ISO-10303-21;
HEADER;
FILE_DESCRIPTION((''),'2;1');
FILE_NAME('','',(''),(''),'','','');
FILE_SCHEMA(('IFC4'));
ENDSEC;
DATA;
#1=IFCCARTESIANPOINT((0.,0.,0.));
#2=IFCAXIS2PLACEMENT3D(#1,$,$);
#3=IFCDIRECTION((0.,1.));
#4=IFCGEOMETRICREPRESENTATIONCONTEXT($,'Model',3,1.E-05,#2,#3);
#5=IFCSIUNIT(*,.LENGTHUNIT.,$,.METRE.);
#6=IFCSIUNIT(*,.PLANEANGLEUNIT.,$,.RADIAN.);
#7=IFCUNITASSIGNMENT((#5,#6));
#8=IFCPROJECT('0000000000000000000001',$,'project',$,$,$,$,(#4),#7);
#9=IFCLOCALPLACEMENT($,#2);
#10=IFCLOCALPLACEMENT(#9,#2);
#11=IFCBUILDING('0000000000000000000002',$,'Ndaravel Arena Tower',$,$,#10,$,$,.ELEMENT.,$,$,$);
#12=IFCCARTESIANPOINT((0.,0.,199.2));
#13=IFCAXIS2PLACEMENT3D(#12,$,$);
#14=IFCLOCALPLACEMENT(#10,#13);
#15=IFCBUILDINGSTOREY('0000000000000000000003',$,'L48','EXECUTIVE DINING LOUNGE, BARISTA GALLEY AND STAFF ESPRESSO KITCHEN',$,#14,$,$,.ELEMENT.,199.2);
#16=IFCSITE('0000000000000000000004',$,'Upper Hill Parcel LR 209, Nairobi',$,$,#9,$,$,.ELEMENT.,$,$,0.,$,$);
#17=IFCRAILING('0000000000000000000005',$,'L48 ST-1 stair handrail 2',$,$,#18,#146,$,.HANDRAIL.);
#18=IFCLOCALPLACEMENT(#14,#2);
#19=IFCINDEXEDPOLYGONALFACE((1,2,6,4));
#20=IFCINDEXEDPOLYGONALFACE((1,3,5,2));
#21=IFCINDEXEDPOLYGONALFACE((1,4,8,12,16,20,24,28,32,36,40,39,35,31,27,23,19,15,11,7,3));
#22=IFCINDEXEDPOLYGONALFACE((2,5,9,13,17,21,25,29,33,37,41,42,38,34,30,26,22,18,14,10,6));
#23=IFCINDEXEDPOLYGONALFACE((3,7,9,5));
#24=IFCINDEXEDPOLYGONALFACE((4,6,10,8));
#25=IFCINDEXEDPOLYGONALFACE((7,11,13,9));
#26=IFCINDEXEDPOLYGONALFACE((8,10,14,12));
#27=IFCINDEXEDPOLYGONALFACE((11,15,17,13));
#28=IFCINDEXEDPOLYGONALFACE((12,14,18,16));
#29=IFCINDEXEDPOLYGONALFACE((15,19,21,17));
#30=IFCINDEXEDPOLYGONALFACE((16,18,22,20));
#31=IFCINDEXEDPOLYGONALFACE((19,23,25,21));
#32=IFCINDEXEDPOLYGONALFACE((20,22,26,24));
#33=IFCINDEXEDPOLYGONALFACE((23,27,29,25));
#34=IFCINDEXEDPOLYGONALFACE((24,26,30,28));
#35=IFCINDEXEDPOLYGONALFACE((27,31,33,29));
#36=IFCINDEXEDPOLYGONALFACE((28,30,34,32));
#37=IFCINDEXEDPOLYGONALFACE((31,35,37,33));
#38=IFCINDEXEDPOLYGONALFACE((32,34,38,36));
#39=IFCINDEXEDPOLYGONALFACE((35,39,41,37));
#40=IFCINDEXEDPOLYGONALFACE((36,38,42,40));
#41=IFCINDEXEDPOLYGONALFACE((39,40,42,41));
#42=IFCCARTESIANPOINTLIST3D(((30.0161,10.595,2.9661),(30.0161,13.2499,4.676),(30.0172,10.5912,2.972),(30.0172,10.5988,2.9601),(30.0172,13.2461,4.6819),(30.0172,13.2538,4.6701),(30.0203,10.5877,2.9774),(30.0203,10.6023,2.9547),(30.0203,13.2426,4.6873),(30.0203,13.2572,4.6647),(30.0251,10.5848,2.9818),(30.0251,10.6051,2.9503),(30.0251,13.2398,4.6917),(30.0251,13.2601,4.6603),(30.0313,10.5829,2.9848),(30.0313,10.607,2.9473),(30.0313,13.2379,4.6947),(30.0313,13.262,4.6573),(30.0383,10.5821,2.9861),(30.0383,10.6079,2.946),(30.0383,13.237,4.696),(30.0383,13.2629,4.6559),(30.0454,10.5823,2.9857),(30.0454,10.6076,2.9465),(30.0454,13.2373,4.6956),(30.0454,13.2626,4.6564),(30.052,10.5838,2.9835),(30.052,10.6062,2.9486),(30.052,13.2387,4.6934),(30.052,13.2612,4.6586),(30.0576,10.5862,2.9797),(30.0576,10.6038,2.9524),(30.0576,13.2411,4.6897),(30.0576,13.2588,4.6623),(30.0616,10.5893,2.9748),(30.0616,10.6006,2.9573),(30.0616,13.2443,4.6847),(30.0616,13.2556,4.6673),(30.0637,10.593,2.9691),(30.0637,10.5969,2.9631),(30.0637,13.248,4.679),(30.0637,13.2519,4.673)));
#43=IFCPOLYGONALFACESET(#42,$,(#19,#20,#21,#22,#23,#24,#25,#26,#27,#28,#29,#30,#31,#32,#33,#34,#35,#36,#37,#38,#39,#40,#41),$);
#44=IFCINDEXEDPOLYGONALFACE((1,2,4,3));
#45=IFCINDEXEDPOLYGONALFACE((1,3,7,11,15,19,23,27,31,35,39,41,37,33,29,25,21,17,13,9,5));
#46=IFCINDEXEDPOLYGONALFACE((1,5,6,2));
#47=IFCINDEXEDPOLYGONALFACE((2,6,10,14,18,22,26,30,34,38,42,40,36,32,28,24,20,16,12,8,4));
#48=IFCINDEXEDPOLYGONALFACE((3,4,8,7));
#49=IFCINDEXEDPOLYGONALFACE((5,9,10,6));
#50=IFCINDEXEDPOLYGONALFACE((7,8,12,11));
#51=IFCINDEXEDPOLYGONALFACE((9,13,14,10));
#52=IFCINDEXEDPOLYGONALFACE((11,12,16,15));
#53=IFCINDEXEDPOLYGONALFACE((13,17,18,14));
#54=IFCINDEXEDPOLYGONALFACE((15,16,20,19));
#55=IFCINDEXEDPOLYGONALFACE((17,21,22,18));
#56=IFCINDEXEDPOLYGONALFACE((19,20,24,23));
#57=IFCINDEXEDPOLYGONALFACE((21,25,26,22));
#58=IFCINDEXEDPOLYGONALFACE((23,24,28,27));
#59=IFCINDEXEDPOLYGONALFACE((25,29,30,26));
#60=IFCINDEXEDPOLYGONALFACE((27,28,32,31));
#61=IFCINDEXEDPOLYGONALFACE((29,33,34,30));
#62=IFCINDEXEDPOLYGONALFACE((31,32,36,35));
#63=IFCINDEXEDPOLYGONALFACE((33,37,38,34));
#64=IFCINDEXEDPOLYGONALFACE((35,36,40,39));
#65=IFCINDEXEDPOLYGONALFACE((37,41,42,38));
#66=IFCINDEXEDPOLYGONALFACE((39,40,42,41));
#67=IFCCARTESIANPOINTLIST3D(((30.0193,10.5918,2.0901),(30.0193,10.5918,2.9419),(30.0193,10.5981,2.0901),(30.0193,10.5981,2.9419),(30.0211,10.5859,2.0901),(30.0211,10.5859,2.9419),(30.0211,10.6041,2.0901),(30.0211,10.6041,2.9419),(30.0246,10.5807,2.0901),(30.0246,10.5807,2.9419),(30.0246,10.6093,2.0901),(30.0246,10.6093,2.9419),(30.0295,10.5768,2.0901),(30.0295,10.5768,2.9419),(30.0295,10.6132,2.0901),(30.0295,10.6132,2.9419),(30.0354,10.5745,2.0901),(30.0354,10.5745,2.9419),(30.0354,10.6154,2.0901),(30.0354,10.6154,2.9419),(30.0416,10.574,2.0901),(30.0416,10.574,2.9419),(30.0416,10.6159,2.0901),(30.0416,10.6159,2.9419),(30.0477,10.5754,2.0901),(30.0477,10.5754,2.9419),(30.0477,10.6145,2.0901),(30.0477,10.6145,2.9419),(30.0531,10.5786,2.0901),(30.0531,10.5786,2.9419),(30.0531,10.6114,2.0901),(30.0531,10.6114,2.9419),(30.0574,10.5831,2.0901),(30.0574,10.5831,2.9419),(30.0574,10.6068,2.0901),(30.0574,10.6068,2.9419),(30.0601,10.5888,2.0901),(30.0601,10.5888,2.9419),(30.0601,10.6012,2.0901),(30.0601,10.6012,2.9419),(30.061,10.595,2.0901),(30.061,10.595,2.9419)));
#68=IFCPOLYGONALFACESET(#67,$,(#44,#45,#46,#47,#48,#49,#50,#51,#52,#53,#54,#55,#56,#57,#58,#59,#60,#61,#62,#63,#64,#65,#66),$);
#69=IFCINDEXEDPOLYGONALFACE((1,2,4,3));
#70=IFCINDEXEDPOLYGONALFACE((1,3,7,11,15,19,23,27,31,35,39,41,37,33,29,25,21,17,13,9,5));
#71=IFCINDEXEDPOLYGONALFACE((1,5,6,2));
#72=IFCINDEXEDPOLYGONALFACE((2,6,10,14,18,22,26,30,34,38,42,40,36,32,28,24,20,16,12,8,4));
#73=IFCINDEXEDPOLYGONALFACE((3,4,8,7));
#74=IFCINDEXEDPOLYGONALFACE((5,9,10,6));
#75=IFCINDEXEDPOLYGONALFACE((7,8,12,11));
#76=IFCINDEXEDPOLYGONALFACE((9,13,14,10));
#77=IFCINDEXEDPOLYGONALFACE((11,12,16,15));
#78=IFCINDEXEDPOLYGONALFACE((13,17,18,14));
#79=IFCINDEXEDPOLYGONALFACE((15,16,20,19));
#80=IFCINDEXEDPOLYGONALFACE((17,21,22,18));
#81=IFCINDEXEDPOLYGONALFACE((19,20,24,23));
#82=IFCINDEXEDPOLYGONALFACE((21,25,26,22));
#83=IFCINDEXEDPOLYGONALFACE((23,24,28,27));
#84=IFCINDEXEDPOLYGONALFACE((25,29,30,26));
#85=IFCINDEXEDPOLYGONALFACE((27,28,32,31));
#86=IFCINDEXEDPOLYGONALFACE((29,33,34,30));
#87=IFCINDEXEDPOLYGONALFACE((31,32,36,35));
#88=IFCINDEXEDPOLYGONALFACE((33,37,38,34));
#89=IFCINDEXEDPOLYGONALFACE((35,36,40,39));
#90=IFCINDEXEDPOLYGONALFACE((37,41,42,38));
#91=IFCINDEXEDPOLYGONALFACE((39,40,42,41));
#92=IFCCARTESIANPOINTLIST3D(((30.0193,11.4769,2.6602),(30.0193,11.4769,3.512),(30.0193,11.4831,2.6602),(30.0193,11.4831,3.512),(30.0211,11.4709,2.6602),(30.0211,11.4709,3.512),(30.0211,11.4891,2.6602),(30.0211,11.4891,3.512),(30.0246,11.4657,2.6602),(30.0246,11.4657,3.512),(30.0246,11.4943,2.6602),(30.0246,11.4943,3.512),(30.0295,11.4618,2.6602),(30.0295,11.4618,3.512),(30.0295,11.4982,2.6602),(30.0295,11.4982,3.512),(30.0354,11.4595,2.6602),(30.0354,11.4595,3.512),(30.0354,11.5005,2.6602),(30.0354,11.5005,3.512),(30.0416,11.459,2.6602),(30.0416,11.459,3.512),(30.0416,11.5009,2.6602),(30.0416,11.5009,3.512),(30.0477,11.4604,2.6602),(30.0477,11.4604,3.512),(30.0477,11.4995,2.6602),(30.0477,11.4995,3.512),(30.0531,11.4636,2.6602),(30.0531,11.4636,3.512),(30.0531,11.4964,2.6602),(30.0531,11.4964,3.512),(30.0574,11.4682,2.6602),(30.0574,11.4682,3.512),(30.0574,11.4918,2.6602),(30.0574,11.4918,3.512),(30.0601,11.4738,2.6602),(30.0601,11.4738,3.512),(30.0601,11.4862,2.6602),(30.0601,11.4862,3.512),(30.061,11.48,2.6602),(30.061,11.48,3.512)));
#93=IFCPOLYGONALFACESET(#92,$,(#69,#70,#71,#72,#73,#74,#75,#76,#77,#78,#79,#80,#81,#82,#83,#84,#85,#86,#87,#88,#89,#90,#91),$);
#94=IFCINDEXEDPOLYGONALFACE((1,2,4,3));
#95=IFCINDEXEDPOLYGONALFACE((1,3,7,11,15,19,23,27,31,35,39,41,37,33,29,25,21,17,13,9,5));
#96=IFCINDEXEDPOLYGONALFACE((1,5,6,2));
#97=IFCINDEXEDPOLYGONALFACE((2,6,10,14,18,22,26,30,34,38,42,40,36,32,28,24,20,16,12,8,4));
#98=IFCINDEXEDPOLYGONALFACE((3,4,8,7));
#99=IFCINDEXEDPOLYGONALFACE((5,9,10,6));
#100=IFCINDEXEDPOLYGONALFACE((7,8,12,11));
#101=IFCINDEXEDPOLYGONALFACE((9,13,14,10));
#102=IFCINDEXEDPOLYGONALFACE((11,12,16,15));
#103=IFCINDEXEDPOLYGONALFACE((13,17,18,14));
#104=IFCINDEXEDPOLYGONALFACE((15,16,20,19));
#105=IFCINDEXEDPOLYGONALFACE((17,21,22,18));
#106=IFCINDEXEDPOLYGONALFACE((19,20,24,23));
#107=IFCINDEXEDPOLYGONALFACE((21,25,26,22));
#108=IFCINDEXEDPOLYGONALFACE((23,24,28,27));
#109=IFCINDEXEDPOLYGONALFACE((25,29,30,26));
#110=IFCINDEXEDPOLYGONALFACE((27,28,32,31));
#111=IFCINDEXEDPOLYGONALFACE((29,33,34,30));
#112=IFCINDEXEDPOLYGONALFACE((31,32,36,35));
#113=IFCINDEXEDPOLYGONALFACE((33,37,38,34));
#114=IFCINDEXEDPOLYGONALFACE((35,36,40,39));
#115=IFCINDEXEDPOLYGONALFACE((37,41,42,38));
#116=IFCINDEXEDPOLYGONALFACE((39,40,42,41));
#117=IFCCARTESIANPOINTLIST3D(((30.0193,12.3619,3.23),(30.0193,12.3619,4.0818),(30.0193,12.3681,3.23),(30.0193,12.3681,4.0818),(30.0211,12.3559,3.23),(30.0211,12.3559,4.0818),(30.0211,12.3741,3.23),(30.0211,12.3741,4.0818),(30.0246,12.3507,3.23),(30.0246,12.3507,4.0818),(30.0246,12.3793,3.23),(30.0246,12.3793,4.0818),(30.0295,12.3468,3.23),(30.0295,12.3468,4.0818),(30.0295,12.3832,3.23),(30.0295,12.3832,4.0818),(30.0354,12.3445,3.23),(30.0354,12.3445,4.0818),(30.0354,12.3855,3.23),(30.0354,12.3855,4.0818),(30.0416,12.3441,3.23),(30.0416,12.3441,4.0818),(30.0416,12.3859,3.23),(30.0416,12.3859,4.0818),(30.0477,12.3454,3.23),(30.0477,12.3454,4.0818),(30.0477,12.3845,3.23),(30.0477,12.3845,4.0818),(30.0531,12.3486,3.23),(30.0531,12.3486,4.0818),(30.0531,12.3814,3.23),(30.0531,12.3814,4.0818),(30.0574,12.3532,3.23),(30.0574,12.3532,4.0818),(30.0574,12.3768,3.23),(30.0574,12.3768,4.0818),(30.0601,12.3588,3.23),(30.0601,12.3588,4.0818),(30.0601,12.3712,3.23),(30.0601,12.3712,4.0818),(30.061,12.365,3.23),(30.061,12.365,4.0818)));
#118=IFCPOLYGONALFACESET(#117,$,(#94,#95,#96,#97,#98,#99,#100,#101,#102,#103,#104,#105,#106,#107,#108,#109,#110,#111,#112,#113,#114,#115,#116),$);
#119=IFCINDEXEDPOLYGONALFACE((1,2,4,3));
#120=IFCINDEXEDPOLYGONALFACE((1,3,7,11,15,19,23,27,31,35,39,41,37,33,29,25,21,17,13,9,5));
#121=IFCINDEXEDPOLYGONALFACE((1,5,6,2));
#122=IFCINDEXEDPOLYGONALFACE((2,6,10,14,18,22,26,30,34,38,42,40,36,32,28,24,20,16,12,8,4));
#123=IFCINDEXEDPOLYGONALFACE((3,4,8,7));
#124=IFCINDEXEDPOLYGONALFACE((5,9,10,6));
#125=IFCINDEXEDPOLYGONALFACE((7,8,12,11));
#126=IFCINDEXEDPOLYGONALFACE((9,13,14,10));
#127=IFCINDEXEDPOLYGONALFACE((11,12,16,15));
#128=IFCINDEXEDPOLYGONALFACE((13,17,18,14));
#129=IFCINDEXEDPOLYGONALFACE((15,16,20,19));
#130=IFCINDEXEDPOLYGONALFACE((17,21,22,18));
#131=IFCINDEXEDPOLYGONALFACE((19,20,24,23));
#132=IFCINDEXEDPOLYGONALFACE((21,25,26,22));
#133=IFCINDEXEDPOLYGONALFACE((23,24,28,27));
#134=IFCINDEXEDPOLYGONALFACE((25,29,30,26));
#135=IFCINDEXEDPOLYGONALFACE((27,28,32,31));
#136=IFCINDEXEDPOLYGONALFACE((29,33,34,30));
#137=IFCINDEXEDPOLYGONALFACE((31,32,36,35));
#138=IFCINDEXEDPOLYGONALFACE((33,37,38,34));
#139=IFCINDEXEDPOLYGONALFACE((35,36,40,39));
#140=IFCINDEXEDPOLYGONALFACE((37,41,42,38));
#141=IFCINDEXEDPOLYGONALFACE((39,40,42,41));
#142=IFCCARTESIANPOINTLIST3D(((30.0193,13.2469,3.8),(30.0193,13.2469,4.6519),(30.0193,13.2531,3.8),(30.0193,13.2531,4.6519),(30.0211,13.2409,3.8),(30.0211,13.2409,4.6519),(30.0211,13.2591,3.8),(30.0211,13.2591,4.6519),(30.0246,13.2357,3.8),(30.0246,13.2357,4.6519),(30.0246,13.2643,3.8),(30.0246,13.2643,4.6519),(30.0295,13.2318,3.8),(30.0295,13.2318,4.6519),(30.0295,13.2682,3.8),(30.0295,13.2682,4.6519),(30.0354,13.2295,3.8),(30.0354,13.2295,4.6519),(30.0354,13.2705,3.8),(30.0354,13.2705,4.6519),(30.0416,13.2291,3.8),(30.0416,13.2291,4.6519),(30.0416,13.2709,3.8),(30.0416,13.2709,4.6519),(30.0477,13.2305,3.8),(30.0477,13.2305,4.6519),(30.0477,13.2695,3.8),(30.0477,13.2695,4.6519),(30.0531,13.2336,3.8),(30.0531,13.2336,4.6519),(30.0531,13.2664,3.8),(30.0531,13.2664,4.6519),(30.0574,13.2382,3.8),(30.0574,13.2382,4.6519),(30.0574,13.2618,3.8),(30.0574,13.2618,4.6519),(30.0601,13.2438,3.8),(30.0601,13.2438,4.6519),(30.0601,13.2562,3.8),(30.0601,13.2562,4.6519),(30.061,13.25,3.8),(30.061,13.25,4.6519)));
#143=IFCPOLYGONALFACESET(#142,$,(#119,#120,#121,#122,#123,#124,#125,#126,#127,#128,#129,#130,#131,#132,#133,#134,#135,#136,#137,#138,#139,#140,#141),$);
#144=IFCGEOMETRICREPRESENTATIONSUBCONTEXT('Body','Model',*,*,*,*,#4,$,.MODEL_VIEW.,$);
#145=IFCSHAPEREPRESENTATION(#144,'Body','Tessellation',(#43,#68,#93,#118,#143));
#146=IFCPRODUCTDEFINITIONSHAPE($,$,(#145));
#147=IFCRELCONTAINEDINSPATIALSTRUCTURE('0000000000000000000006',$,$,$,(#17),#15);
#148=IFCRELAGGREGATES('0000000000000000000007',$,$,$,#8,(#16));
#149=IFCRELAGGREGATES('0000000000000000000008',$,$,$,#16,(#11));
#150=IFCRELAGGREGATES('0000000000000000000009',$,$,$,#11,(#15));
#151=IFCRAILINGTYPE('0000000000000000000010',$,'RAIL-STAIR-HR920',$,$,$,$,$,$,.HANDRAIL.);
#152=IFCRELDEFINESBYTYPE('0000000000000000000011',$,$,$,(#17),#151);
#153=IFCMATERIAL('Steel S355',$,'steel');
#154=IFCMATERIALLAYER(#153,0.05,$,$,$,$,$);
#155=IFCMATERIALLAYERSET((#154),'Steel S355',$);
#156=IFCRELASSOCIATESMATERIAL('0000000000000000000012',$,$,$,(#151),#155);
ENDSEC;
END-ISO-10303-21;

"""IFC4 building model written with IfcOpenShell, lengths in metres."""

from ifc_helpers import new_model, si_unit, direction, frame, origin, origin_2d, place, context, subcontext, project, spatial, circle, extrude, material, layer, layer_set, type_object, element, save


model = new_model("IFC4")

# Units and contexts
model_context = context("Model", 3, precision=1e-05, world=origin(), true_north=direction((0.0, 1.0)))
body_context = subcontext(model_context, "Body", "Model", "MODEL_VIEW")
ifc_project = project(units=[si_unit("LENGTHUNIT", "METRE"), si_unit("PLANEANGLEUNIT", "RADIAN")], contexts=[model_context])

# Site, building, storey
site_placement = place(None, origin())
site = spatial("IfcSite", under=ifc_project, at=site_placement, Name="Upper Hill Parcel LR 209, Nairobi", CompositionType="ELEMENT", RefElevation=0.0)
building_placement = place(site_placement, origin())
building = spatial("IfcBuilding", under=site, at=building_placement, Name="Ndaravel Arena Tower", CompositionType="ELEMENT")
storey_placement = place(building_placement, frame((0.0, 0.0, 199.2)))
storey = spatial("IfcBuildingStorey", under=building, at=storey_placement, Name="L48", Description="EXECUTIVE DINING LOUNGE, BARISTA GALLEY AND STAFF ESPRESSO KITCHEN", CompositionType="ELEMENT", Elevation=199.2)

# Railing
ifc_material_1 = material(Name="Steel S355", Category="steel")
ifc_layer_1 = layer(ifc_material_1, 0.05)
ifc_layer_set_1 = layer_set([ifc_layer_1], Name="Steel S355")
railing_type_1 = type_object("IfcRailingType", Name="RAIL-STAIR-HR920", PredefinedType="HANDRAIL", material=ifc_layer_set_1)
railing_1_placement = place(storey_placement, frame((30.04, 10.595, 2.0901)))
element("IfcRailing", 1, at=railing_1_placement, inside=storey, type_object=railing_type_1, Name="L48 ST-1 stair handrail 2", PredefinedType="HANDRAIL", context=body_context, shape_type="SweptSolid", body=[
    extrude(circle(Radius=0.0239, at=origin_2d()), frame((0.0, 0.0, 0.876), z_axis=(0.0, 0.840724, 0.541465), x_axis=(-1.0, 0.0, 0.0)), (0.0, 0.0, 1.0), 3.158),
    extrude(circle(Radius=0.021, at=origin_2d()), origin(), (0.0, 0.0, 1.0), 0.8518),
    extrude(circle(Radius=0.021, at=origin_2d()), frame((0.0, 0.885, 0.5701)), (0.0, 0.0, 1.0), 0.8518),
    extrude(circle(Radius=0.021, at=origin_2d()), frame((0.0, 1.77, 1.1399)), (0.0, 0.0, 1.0), 0.8518),
    extrude(circle(Radius=0.021, at=origin_2d()), frame((0.0, 2.655, 1.71)), (0.0, 0.0, 1.0), 0.8518),
])

save(model, "model.ifc")
